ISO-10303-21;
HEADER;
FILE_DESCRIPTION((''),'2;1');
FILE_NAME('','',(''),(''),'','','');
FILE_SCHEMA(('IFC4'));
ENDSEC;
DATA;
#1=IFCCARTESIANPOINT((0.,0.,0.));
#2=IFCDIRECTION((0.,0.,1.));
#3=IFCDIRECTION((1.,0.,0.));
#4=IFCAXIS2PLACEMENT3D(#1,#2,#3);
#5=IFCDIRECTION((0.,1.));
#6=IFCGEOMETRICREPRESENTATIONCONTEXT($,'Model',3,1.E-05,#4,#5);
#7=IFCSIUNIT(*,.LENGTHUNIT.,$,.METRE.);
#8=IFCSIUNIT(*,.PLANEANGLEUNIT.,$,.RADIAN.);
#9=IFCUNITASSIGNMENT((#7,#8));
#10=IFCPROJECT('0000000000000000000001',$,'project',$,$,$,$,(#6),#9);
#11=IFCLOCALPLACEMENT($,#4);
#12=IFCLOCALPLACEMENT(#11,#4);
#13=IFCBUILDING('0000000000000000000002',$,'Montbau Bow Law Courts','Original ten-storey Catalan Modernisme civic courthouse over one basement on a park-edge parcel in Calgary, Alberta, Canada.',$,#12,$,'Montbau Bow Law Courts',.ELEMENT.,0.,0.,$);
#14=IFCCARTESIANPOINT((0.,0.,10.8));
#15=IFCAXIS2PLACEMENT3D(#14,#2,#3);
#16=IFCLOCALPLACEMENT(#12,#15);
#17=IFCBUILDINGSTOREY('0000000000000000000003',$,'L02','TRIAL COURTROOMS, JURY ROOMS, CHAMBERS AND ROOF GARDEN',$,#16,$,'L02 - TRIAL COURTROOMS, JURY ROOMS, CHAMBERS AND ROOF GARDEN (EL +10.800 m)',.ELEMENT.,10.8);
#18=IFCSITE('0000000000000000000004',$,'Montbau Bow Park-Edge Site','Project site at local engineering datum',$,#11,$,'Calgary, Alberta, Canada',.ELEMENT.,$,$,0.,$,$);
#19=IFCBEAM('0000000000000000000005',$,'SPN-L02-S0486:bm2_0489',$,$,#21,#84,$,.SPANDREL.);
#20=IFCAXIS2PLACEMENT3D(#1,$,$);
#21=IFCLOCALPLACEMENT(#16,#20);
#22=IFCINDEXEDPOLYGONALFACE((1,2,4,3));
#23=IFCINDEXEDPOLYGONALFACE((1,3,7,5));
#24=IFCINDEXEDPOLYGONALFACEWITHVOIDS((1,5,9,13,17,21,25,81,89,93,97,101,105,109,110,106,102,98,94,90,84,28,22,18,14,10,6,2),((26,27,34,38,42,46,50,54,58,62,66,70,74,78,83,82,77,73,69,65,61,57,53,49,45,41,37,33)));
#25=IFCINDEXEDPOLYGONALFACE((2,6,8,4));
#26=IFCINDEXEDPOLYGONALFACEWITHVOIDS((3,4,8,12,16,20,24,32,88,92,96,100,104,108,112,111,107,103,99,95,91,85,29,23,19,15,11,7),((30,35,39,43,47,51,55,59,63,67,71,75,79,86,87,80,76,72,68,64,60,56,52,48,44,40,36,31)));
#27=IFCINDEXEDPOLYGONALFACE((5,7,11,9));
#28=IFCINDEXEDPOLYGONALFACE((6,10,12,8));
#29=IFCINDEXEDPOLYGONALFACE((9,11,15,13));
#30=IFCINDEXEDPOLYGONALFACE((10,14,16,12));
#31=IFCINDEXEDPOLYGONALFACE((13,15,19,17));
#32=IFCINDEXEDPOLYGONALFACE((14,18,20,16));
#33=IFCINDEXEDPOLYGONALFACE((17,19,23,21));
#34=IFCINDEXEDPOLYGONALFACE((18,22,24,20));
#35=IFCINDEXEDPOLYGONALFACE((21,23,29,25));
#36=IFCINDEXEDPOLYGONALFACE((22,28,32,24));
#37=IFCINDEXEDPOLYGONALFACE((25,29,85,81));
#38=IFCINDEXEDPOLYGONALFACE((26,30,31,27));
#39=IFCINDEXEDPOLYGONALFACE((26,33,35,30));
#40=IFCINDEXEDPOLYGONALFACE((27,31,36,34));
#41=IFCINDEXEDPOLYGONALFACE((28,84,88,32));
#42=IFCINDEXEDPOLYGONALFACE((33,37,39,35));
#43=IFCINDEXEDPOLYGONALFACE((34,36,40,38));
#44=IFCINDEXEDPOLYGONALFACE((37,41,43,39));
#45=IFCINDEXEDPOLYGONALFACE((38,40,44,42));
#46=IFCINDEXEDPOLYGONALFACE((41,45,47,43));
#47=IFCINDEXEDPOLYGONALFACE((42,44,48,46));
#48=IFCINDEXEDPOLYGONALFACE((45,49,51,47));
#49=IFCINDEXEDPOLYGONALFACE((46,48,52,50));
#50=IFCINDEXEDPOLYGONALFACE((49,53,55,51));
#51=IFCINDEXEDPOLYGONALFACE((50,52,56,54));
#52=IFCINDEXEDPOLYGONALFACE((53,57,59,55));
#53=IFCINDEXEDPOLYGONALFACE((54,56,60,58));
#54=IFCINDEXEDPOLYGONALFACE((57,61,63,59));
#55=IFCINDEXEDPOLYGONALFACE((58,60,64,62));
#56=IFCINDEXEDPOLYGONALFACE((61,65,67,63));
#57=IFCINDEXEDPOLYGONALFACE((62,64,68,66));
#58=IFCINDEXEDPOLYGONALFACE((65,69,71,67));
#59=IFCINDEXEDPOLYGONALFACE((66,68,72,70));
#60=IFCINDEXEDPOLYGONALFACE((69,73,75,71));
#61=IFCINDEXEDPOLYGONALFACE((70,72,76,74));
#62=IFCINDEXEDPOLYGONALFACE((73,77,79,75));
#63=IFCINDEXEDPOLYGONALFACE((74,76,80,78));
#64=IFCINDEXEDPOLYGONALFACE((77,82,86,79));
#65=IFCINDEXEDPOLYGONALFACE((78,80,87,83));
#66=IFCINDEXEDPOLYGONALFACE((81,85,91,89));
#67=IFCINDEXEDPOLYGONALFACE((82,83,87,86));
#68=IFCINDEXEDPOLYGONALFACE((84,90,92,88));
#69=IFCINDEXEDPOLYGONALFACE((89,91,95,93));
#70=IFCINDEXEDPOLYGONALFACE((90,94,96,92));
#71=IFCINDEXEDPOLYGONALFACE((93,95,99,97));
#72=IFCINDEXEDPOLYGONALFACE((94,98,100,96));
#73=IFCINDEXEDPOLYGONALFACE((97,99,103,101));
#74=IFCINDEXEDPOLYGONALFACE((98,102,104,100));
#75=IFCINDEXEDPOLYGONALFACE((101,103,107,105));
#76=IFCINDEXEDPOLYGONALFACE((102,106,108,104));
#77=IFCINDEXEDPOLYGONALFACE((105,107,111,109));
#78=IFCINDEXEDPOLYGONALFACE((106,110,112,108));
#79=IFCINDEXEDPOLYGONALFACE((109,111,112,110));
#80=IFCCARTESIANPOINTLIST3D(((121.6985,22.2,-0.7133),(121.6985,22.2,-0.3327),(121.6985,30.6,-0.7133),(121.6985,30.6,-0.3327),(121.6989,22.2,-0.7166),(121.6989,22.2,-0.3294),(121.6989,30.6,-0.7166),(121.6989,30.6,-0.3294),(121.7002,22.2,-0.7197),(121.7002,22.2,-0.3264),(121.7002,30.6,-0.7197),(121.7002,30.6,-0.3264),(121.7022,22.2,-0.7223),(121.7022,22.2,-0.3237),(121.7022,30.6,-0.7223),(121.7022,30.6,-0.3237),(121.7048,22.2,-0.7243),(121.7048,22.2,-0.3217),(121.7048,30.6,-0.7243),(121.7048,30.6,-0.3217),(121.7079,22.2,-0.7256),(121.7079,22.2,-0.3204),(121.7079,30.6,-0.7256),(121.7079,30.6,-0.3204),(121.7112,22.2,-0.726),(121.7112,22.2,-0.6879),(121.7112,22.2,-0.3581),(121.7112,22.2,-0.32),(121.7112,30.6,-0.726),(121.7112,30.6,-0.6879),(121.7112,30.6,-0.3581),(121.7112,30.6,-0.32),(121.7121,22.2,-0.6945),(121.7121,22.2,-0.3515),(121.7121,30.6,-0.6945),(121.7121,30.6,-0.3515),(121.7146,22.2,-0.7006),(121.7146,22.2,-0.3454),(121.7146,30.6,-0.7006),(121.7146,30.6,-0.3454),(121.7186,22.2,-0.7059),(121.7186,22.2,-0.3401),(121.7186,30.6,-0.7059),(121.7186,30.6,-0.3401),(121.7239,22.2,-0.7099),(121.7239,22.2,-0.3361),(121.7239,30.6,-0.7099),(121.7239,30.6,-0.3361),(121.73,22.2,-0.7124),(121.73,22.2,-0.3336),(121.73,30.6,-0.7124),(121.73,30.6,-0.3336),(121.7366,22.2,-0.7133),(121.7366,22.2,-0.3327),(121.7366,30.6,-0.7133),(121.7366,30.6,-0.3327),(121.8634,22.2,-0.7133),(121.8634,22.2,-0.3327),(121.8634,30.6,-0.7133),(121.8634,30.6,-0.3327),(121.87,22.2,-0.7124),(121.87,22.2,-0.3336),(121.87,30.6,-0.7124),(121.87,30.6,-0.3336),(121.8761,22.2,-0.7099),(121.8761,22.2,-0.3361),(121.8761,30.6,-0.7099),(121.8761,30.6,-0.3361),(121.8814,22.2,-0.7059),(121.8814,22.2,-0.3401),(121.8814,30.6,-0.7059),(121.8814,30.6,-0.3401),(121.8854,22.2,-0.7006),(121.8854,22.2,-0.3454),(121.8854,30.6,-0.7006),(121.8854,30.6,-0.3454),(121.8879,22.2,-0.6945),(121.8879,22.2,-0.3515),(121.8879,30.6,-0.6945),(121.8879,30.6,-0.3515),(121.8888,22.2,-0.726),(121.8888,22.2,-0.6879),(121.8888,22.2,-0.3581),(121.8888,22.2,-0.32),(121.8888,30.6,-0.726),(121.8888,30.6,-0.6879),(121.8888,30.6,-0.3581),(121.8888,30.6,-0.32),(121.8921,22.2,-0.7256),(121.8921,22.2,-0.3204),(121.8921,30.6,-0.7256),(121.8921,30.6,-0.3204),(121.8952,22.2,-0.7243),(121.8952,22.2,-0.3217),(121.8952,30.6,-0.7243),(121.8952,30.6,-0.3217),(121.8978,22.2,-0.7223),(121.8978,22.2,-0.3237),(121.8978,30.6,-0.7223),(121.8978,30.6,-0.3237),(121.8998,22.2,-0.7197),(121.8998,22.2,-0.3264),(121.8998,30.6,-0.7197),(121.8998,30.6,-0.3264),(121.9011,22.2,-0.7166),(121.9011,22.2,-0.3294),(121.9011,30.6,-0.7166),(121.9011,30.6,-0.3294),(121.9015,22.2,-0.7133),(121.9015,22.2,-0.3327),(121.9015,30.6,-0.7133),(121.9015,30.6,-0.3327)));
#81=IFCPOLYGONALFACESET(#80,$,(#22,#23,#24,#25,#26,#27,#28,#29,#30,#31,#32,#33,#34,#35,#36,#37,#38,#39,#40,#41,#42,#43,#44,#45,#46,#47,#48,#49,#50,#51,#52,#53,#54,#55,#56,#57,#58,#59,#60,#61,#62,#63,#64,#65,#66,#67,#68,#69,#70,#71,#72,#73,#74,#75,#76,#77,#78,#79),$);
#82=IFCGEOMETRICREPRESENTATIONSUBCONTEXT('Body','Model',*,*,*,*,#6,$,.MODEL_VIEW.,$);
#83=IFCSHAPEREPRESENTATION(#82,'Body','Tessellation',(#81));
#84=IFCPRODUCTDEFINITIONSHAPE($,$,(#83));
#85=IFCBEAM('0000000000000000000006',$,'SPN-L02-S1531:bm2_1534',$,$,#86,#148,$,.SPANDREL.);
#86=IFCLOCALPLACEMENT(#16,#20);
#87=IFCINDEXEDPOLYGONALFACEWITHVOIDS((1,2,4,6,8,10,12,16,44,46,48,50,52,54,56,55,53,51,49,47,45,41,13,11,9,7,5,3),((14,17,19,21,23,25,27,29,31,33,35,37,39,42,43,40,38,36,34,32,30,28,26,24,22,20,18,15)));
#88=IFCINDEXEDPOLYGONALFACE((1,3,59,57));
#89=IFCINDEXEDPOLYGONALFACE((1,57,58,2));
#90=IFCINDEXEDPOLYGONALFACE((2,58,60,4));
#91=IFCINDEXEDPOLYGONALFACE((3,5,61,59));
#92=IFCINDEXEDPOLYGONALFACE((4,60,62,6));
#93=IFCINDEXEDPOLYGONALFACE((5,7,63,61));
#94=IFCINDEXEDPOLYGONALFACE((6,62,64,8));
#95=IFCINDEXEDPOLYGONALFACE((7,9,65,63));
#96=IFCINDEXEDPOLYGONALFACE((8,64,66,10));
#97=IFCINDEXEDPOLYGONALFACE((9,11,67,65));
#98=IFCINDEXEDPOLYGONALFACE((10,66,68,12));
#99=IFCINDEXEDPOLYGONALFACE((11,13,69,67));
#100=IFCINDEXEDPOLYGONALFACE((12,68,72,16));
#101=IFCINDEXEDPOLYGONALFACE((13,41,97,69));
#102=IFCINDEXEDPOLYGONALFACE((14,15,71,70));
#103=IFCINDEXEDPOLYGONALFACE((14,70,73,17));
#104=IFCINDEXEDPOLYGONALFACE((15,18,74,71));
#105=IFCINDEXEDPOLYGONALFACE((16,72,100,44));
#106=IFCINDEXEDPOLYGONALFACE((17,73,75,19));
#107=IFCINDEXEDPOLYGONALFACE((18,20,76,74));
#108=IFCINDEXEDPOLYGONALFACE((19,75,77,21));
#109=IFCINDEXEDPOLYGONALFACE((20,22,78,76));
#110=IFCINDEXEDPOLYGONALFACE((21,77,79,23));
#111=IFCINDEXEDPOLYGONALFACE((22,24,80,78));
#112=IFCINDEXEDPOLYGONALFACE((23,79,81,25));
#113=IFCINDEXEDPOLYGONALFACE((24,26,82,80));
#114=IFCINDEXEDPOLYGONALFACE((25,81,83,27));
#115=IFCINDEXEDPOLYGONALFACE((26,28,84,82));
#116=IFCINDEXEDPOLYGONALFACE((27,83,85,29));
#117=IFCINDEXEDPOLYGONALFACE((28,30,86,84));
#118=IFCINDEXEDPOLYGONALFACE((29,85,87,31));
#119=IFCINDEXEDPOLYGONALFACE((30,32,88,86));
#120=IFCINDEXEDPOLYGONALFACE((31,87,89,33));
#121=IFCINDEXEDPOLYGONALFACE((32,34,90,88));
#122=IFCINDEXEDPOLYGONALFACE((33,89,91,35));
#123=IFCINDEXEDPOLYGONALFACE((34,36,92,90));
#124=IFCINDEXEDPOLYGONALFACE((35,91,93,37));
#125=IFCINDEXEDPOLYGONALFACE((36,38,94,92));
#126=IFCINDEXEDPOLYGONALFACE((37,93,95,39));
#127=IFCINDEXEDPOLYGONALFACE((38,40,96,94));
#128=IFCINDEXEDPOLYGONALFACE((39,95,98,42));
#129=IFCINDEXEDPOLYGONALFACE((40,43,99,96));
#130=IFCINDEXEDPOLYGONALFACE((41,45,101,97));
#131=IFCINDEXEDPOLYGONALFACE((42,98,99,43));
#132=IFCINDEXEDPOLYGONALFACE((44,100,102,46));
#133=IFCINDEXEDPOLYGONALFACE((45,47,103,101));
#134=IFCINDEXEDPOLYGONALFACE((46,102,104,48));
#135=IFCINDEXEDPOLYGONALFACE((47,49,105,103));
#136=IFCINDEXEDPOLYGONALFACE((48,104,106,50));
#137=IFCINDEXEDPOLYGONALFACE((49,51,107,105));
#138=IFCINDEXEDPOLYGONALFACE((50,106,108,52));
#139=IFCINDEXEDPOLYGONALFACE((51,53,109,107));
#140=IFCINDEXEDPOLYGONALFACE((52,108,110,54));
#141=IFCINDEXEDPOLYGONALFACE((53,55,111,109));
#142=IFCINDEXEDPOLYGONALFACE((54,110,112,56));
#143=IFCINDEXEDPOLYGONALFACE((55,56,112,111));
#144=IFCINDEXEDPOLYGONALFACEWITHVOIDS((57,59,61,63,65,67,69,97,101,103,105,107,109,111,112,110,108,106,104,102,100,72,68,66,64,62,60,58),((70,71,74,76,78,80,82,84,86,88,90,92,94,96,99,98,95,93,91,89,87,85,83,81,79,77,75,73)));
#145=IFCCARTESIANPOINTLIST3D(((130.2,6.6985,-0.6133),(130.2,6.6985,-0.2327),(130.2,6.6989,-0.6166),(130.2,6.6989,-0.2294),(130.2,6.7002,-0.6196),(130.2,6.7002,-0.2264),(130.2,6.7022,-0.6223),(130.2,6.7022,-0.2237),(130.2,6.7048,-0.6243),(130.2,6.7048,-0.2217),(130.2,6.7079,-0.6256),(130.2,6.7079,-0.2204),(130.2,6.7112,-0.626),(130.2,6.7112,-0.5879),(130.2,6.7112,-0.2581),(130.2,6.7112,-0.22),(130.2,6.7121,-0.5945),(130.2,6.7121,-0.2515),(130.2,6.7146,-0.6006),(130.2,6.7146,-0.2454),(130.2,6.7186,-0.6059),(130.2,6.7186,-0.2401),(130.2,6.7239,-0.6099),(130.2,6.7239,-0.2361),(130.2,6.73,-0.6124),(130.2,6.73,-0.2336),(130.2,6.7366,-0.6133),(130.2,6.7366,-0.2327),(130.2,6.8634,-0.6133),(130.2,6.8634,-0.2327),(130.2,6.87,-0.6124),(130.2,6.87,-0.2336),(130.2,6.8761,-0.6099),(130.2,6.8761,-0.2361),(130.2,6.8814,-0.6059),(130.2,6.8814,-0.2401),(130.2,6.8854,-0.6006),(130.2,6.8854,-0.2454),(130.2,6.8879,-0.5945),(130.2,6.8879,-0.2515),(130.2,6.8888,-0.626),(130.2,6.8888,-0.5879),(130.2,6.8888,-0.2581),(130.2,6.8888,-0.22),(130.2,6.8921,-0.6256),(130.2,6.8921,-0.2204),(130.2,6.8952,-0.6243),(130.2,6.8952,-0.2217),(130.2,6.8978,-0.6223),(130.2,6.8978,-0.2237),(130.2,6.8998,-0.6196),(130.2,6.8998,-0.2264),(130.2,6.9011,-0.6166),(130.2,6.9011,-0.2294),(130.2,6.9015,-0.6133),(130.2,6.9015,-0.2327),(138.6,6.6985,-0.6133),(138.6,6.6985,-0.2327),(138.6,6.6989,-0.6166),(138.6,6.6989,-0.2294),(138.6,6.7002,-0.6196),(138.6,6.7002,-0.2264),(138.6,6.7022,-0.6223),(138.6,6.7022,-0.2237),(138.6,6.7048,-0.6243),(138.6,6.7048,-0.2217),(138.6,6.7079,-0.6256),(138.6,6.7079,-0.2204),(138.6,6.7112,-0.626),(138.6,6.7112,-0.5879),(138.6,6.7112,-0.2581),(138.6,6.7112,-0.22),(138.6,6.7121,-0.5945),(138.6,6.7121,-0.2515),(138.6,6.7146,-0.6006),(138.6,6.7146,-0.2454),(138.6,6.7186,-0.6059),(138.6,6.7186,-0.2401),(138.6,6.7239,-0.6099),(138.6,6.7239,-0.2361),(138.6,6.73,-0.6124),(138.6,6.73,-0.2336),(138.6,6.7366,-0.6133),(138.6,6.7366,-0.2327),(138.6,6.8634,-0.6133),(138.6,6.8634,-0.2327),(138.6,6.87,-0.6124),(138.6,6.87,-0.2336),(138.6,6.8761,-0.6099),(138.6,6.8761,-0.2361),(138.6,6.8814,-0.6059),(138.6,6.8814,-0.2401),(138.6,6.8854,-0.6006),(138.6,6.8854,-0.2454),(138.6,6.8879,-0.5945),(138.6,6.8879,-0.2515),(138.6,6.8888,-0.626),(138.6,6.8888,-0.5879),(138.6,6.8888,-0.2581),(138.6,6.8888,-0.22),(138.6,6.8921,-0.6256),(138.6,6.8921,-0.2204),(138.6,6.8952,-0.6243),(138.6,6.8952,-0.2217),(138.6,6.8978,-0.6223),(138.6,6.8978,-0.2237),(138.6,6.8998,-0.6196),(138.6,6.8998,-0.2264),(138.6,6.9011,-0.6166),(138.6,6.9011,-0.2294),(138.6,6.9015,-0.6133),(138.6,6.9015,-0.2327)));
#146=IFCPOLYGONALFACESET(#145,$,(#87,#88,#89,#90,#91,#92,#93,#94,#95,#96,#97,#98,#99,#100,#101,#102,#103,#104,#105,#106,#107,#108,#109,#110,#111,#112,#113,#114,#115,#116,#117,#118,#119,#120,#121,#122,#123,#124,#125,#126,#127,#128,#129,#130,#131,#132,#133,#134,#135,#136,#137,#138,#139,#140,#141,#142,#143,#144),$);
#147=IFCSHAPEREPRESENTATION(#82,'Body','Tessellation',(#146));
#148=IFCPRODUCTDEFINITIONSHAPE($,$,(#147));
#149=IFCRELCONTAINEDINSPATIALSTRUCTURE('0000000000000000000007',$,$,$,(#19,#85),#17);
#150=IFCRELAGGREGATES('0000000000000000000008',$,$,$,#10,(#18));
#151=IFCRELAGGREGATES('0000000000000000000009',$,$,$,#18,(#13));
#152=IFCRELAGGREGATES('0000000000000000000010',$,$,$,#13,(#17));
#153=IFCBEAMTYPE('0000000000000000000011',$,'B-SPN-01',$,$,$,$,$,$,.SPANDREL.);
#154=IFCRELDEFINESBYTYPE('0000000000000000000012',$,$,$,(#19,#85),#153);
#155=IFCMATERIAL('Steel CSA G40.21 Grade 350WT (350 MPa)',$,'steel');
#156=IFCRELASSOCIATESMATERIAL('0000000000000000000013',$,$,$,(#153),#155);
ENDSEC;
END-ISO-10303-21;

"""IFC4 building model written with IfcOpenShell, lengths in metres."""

from ifc_helpers import new_model, si_unit, direction, frame, origin_with_axes, origin_2d_with_axis, place, context, subcontext, project, spatial, hollow_rectangle, extrude, material, material_profile, profile_set, type_object, element, save


model = new_model("IFC4")

# Units and contexts
model_context = context("Model", 3, precision=1e-05, world=origin_with_axes(), true_north=direction((0.0, 1.0)))
body_context = subcontext(model_context, "Body", "Model", "MODEL_VIEW")
ifc_project = project(units=[si_unit("LENGTHUNIT", "METRE"), si_unit("PLANEANGLEUNIT", "RADIAN")], contexts=[model_context])

# Site, building, storey
site_placement = place(None, origin_with_axes())
site = spatial("IfcSite", under=ifc_project, at=site_placement, Name="Montbau Bow Park-Edge Site", Description="Project site at local engineering datum", LongName="Calgary, Alberta, Canada", CompositionType="ELEMENT", RefElevation=0.0)
building_placement = place(site_placement, origin_with_axes())
building = spatial("IfcBuilding", under=site, at=building_placement, Name="Montbau Bow Law Courts", Description="Original ten-storey Catalan Modernisme civic courthouse over one basement on a park-edge parcel in Calgary, Alberta, Canada.", LongName="Montbau Bow Law Courts", CompositionType="ELEMENT", ElevationOfRefHeight=0.0, ElevationOfTerrain=0.0)
storey_placement = place(building_placement, frame((0.0, 0.0, 10.8), z_axis=(0.0, 0.0, 1.0), x_axis=(1.0, 0.0, 0.0)))
storey = spatial("IfcBuildingStorey", under=building, at=storey_placement, Name="L02", Description="TRIAL COURTROOMS, JURY ROOMS, CHAMBERS AND ROOF GARDEN", LongName="L02 - TRIAL COURTROOMS, JURY ROOMS, CHAMBERS AND ROOF GARDEN (EL +10.800 m)", CompositionType="ELEMENT", Elevation=10.8)

# Beams
ifc_material_1 = material(Name="Steel CSA G40.21 Grade 350WT (350 MPa)", Category="steel")
ifc_material_profile_1 = material_profile(ifc_material_1, hollow_rectangle(XDim=0.203, YDim=0.406, WallThickness=0.0127, InnerFilletRadius=0.0254, OuterFilletRadius=0.0127, at=origin_2d_with_axis()), Name="HSS406X203X13", Category="Main", Priority=0)
ifc_profile_set_1 = profile_set([ifc_material_profile_1], Name="Steel CSA G40.21 Grade 350WT (350 MPa)")
beam_type_1 = type_object("IfcBeamType", Name="B-SPN-01", PredefinedType="SPANDREL", material=ifc_profile_set_1)
for number, where, z_axis, x_axis, name in (
    (1, (121.8, 22.2, 10.277), (0.0, 1.0, 0.0), (-1.0, 0.0, 0.0), "SPN-L02-S0486:bm2_0489"),
    (2, (130.2, 6.8, 10.377), (1.0, 0.0, 0.0), (0.0, 1.0, 0.0), "SPN-L02-S1531:bm2_1534"),
):
    element("IfcBeam", number, at=place(None, frame(where, z_axis=z_axis, x_axis=x_axis)), inside=storey, type_object=beam_type_1, Name=name, PredefinedType="SPANDREL", context=body_context, shape_type="SweptSolid", body=[
        extrude(hollow_rectangle(XDim=0.203, YDim=0.406, WallThickness=0.0127, InnerFilletRadius=0.0254, OuterFilletRadius=0.0127, at=origin_2d_with_axis()), origin_with_axes(), (0.0, 0.0, 1.0), 8.4),
    ])

save(model, "model.ifc")
